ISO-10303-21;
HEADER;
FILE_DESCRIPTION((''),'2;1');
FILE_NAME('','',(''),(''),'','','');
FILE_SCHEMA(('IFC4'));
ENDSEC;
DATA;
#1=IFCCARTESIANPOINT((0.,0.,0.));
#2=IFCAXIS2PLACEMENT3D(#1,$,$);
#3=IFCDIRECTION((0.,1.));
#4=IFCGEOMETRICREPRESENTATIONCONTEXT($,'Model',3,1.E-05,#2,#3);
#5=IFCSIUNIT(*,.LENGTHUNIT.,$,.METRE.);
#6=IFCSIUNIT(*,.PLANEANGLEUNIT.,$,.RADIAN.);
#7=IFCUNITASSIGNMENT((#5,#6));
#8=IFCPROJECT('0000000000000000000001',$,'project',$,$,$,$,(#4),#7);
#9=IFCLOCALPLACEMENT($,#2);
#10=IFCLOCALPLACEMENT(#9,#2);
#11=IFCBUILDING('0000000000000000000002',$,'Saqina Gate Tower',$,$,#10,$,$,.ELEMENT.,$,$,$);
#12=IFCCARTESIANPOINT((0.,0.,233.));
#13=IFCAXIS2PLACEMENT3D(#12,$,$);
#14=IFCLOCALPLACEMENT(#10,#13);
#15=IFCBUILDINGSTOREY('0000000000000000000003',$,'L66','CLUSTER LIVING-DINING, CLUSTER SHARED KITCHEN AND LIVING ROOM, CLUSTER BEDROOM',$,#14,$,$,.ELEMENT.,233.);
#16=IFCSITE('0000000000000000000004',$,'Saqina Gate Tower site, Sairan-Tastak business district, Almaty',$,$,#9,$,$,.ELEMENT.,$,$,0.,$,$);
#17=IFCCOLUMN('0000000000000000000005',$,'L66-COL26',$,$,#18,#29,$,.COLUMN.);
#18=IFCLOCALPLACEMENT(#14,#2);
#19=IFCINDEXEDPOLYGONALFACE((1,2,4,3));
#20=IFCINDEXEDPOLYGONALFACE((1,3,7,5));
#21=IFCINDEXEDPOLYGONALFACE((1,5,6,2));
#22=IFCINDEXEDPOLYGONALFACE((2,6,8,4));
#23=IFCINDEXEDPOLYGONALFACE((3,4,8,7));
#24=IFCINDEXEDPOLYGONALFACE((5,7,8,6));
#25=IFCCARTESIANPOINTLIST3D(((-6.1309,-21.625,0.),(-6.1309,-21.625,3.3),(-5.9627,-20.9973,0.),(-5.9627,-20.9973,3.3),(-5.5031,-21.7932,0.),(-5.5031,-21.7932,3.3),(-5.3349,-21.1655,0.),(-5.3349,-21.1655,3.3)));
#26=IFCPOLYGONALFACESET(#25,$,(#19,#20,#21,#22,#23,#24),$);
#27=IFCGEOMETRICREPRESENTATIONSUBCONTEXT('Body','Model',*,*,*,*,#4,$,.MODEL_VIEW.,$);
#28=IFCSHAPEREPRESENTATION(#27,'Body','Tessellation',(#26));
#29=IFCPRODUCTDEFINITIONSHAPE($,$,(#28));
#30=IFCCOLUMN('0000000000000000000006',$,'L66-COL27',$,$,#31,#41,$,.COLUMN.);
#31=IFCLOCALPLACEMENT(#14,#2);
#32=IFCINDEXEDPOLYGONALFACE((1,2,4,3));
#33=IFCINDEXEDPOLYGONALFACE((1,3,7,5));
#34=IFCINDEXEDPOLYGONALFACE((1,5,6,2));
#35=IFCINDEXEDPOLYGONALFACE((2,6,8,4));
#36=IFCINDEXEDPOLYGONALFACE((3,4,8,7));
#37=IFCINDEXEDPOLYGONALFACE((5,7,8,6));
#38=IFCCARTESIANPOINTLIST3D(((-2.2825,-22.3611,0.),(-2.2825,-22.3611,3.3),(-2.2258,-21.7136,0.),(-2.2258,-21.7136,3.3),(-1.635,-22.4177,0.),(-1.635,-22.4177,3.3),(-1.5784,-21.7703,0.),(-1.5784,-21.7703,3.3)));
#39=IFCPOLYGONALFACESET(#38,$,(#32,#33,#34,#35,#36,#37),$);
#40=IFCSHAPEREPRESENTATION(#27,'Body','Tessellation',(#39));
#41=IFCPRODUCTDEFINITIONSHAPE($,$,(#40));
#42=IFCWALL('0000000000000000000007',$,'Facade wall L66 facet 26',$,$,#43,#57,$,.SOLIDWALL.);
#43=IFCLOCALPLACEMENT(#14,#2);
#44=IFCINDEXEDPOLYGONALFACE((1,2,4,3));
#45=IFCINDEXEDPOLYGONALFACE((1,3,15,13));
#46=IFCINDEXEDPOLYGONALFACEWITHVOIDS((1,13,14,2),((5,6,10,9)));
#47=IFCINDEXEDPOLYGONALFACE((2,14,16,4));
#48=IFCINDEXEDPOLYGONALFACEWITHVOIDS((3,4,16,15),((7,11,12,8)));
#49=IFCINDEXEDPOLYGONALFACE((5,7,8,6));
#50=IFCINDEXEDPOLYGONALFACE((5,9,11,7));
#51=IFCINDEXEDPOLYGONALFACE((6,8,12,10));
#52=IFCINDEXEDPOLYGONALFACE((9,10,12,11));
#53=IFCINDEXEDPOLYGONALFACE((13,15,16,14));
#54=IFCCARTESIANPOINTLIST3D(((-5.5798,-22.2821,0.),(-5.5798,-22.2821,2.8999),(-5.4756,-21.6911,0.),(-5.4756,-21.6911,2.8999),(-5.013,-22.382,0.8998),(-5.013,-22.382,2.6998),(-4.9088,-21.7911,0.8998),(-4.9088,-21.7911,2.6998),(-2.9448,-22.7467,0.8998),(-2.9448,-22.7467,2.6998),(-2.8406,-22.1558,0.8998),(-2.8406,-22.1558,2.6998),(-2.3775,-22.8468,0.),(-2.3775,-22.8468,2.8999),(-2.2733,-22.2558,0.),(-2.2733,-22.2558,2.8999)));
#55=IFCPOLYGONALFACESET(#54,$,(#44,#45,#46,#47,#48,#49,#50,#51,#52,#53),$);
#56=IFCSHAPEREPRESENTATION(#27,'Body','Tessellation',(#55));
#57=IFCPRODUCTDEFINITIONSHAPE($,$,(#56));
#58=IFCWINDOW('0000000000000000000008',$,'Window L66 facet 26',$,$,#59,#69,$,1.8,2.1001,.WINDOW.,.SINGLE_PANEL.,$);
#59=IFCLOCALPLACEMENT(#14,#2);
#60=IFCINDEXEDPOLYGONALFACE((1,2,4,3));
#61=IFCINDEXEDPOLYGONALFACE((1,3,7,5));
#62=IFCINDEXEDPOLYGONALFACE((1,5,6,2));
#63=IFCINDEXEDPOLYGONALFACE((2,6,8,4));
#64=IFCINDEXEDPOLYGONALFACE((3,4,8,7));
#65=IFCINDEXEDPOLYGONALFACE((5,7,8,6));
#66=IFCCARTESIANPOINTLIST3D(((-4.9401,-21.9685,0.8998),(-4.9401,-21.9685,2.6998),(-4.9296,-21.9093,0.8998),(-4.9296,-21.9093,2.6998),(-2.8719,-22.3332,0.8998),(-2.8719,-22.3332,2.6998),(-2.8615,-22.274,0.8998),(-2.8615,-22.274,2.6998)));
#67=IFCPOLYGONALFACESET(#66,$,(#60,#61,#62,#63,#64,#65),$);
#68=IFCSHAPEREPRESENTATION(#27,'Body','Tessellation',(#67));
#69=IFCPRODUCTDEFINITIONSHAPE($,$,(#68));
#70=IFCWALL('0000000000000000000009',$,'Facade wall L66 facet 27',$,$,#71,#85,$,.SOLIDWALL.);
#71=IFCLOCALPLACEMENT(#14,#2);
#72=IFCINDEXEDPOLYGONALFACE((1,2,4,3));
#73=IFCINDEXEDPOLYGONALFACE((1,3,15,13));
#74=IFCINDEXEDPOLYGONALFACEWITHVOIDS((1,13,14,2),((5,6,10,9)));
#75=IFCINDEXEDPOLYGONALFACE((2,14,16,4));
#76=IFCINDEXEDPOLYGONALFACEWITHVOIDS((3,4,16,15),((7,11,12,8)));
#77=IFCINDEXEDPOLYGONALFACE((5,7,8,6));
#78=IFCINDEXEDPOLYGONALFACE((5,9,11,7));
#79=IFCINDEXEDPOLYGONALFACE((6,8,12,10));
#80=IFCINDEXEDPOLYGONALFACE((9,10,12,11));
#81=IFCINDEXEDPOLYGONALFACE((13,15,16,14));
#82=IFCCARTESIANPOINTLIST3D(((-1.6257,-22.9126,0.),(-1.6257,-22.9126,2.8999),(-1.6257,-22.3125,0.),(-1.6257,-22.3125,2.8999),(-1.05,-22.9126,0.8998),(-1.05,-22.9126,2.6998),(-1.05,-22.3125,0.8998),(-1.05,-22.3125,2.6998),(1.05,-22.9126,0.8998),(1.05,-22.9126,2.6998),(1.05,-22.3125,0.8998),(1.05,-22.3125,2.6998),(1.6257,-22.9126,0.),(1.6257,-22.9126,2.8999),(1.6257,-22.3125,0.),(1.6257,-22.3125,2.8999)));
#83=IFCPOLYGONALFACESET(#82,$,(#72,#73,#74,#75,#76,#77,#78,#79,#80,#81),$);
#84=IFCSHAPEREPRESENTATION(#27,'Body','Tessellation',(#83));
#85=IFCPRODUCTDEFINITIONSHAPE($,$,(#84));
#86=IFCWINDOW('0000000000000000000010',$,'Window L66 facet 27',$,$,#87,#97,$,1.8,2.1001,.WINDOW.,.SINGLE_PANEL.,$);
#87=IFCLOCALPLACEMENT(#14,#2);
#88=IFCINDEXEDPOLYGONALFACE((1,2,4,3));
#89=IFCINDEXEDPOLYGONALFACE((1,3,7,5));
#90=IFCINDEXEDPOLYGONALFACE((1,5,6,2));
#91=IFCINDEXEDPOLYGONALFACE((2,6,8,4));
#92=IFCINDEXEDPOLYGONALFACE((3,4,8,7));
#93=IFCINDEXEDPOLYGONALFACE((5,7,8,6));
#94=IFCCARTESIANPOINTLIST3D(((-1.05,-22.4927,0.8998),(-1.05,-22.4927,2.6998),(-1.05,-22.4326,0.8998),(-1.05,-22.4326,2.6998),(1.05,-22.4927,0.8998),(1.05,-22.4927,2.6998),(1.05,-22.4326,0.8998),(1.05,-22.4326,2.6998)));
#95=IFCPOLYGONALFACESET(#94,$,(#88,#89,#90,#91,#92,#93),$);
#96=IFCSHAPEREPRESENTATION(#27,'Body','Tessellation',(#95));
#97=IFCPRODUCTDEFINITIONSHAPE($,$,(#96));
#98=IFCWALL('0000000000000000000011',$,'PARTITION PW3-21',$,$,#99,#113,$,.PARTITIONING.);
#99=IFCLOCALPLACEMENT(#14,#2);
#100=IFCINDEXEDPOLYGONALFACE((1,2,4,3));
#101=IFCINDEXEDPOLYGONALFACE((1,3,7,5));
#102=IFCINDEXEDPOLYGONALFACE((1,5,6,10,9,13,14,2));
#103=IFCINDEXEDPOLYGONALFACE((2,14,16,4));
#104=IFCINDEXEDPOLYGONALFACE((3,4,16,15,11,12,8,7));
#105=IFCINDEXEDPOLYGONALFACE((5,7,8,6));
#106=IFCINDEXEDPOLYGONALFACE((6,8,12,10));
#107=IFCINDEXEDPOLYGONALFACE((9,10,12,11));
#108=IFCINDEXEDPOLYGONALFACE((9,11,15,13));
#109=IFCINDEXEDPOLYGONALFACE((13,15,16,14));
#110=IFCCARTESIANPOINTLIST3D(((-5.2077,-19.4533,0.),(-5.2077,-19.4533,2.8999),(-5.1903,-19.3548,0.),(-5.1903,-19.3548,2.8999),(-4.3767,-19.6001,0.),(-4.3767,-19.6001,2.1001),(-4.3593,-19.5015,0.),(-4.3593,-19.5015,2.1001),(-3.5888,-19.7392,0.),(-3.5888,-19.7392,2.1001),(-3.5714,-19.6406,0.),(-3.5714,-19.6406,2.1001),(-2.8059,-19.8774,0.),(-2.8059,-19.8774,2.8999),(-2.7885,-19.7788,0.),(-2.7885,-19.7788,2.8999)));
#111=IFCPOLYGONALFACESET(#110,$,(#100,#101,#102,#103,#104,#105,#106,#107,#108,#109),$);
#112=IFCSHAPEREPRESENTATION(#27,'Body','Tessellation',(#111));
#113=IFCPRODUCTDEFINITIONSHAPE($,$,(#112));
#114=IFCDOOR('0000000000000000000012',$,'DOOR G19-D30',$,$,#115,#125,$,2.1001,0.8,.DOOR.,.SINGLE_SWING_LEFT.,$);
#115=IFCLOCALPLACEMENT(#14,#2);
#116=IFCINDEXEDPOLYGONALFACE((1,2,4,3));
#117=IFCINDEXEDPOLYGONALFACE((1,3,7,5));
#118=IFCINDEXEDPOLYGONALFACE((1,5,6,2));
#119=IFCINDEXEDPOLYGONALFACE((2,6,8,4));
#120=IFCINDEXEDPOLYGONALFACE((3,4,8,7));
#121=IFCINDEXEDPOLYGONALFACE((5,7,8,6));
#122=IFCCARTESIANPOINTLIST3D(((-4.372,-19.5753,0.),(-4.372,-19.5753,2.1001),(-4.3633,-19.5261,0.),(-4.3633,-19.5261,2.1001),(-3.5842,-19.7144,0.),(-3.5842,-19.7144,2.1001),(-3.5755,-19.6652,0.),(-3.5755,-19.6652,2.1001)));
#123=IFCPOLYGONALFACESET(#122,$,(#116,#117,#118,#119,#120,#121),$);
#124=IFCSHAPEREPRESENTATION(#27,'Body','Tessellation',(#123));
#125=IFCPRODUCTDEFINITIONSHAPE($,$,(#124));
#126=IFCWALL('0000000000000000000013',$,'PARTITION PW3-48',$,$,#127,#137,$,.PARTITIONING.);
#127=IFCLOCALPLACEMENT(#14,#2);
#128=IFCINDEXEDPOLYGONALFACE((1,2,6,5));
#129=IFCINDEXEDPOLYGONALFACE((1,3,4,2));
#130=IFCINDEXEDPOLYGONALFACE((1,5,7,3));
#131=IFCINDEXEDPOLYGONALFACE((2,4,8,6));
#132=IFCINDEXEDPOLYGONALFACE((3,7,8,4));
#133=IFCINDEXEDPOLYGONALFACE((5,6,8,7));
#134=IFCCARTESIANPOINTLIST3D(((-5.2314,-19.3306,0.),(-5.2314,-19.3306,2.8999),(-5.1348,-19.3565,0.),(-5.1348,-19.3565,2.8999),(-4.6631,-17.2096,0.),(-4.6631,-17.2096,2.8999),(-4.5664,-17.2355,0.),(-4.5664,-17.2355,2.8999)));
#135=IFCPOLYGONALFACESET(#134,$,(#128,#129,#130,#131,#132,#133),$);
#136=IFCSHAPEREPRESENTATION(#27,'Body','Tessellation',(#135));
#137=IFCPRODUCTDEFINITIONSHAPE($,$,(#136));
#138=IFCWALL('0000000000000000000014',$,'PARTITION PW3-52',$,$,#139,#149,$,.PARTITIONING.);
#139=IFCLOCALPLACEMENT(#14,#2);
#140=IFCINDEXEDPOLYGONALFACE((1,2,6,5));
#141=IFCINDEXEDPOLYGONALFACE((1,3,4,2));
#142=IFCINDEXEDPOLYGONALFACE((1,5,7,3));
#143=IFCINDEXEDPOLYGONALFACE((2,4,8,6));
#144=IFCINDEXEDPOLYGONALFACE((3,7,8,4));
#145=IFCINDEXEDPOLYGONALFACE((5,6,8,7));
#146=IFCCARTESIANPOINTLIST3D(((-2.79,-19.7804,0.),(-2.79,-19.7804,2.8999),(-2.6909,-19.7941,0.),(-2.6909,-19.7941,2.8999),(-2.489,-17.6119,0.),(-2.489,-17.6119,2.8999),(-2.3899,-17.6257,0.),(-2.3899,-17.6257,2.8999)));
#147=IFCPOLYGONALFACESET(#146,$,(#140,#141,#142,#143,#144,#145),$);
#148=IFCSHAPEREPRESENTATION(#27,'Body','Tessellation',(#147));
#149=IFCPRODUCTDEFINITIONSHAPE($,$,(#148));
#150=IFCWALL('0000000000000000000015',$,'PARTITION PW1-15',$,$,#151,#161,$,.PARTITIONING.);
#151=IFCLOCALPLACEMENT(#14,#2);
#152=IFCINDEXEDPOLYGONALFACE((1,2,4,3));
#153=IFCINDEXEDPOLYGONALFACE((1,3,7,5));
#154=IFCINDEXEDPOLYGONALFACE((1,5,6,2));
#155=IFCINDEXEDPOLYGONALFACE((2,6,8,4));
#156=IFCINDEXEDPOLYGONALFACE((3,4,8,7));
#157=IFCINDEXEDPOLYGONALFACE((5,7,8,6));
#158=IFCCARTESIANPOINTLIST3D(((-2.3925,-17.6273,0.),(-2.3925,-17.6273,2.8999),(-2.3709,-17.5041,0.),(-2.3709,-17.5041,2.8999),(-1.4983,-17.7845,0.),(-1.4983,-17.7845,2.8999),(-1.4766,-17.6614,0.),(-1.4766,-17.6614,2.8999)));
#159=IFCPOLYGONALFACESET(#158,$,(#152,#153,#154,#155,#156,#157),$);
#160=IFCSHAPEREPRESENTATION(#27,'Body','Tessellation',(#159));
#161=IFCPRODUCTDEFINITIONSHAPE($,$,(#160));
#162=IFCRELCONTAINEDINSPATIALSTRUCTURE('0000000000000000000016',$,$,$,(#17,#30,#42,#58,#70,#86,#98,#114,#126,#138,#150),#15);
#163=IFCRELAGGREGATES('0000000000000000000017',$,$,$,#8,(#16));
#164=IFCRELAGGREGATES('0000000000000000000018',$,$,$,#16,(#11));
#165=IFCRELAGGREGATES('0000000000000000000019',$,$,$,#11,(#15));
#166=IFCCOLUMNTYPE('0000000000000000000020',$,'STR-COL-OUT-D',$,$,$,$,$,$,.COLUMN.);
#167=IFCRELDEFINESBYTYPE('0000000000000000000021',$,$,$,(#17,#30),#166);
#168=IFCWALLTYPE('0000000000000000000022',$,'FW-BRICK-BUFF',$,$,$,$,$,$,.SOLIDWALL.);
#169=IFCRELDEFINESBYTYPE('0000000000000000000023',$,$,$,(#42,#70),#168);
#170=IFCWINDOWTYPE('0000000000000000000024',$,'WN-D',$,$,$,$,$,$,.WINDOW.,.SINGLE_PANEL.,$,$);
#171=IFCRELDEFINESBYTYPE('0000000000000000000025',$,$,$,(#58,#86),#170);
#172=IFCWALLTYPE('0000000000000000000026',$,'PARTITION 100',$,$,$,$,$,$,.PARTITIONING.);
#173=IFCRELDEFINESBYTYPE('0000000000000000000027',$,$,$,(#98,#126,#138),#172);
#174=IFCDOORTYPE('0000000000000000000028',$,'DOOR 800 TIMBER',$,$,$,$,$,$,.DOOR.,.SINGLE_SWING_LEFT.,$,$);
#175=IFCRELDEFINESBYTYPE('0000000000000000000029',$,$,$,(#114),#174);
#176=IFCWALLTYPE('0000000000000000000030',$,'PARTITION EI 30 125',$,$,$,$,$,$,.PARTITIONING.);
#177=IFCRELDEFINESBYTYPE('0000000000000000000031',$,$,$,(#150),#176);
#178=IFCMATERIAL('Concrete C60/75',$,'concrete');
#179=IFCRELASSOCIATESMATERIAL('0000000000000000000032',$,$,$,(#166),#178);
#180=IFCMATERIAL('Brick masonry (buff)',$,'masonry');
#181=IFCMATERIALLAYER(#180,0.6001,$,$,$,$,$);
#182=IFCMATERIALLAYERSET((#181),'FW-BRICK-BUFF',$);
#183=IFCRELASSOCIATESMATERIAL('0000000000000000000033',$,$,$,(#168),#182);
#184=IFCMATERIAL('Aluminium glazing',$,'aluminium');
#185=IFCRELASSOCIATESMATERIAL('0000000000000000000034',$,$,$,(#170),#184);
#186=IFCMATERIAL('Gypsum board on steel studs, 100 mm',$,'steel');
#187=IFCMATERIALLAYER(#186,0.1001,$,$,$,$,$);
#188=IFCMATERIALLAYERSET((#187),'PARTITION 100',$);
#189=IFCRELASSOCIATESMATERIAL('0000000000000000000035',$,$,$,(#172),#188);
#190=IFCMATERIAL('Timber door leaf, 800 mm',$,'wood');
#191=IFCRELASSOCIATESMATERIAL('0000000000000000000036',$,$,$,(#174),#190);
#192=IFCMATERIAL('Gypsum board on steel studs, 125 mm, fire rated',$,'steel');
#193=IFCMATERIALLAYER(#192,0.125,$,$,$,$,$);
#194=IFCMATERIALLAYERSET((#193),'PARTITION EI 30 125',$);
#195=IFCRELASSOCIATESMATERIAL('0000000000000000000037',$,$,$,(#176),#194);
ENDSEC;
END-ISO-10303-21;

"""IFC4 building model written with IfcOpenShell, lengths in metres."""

from ifc_helpers import new_model, si_unit, direction, frame, frame_2d, origin, origin_2d, place, context, subcontext, project, spatial, rectangle, extrude, material, layer, layer_set, material_profile, profile_set, type_object, element, fill, save


model = new_model("IFC4")

# Units and contexts
model_context = context("Model", 3, precision=1e-05, world=origin(), true_north=direction((0.0, 1.0)))
body_context = subcontext(model_context, "Body", "Model", "MODEL_VIEW")
ifc_project = project(units=[si_unit("LENGTHUNIT", "METRE"), si_unit("PLANEANGLEUNIT", "RADIAN")], contexts=[model_context])

# Site, building, storey
site_placement = place(None, origin())
site = spatial("IfcSite", under=ifc_project, at=site_placement, Name="Saqina Gate Tower site, Sairan-Tastak business district, Almaty", CompositionType="ELEMENT", RefElevation=0.0)
building_placement = place(site_placement, origin())
building = spatial("IfcBuilding", under=site, at=building_placement, Name="Saqina Gate Tower", CompositionType="ELEMENT")
storey_placement = place(building_placement, frame((0.0, 0.0, 233.0)))
storey = spatial("IfcBuildingStorey", under=building, at=storey_placement, Name="L66", Description="CLUSTER LIVING-DINING, CLUSTER SHARED KITCHEN AND LIVING ROOM, CLUSTER BEDROOM", CompositionType="ELEMENT", Elevation=233.0)

# Columns
ifc_material_1 = material(Name="Concrete C60/75", Category="concrete")
ifc_material_profile = material_profile(ifc_material_1, rectangle(XDim=0.6499, YDim=0.6499, at=origin_2d()), Name="RC 650x650")
ifc_profile_set = profile_set([ifc_material_profile], Name="Concrete C60/75")
column_type = type_object("IfcColumnType", Name="STR-COL-OUT-D", PredefinedType="COLUMN", material=ifc_profile_set)
for number, where, z_axis, x_axis, name in (
    (1, (-5.7329, -21.3953, 0.0), (0.0, 0.0, 1.0), (-0.258819, -0.965926, 0.0), "L66-COL26"),
    (2, (-1.9304, -22.0657, 0.0), (0.0, 0.0, 1.0), (-0.087156, -0.996195, 0.0), "L66-COL27"),
):
    element("IfcColumn", number, at=place(storey_placement, frame(where, z_axis=z_axis, x_axis=x_axis)), inside=storey, type_object=column_type, Name=name, PredefinedType="COLUMN", context=body_context, shape_type="SweptSolid", body=[
        extrude(rectangle(XDim=0.6499, YDim=0.6499, at=origin_2d()), origin(), (0.0, 0.0, 1.0), 3.3),
    ])

# Walls, openings, windows
ifc_material_2 = material(Name="Brick masonry (buff)", Category="masonry")
ifc_layer_1 = layer(ifc_material_2, 0.6001)
ifc_layer_set_1 = layer_set([ifc_layer_1], Name="FW-BRICK-BUFF")
wall_type_1 = type_object("IfcWallType", Name="FW-BRICK-BUFF", PredefinedType="SOLIDWALL", material=ifc_layer_set_1)
wall_1_placement = place(storey_placement, frame((-5.5278, -21.9866, 0.0), z_axis=(0.0, 0.0, 1.0), x_axis=(0.984806, -0.173657, 0.0)))
wall_1 = element("IfcWall", 3, at=wall_1_placement, inside=storey, type_object=wall_type_1, Name="Facade wall L66 facet 26", PredefinedType="SOLIDWALL", context=body_context, shape_type="SweptSolid", body=[
    extrude(rectangle(XDim=3.2517, YDim=0.6001, at=frame_2d((1.626, 0.0))), origin(), (0.0, 0.0, 1.0), 2.8999),
])
opening_1_placement = place(wall_1_placement, frame((0.5757, 0.0, 0.8999)))
opening_1 = element("IfcOpeningElement", 4, at=opening_1_placement, cuts=wall_1, PredefinedType="OPENING", context=body_context, shape_type="SweptSolid", body=[
    extrude(rectangle(XDim=2.1001, YDim=1.8, at=frame_2d((1.05, 0.8999))), frame((0.0, 0.312, 0.0), z_axis=(0.0, -1.0, 0.0), x_axis=(1.0, 0.0, 0.0)), (0.0, 0.0, 1.0), 0.624),
])
ifc_material_3 = material(Name="Aluminium glazing", Category="aluminium")
window_type = type_object("IfcWindowType", Name="WN-D", PartitioningType="SINGLE_PANEL", PredefinedType="WINDOW", material=ifc_material_3)
window_1_placement = place(opening_1_placement, origin())
window_1 = element("IfcWindow", 5, at=window_1_placement, inside=storey, type_object=window_type, Name="Window L66 facet 26", OverallHeight=1.8, OverallWidth=2.1001, PartitioningType="SINGLE_PANEL", PredefinedType="WINDOW", context=body_context, shape_type="SweptSolid", body=[
    extrude(rectangle(XDim=2.1001, YDim=1.8, at=frame_2d((1.05, 0.8999))), frame((0.0, 0.1799, 0.0), z_axis=(0.0, -1.0, 0.0), x_axis=(1.0, 0.0, 0.0)), (0.0, 0.0, 1.0), 0.0601),
])
fill(opening_1, window_1)
wall_2_placement = place(storey_placement, frame((-1.6257, -22.6125, 0.0), z_axis=(0.0, 0.0, 1.0), x_axis=(1.0, 0.0, 0.0)))
wall_2 = element("IfcWall", 6, at=wall_2_placement, inside=storey, type_object=wall_type_1, Name="Facade wall L66 facet 27", PredefinedType="SOLIDWALL", context=body_context, shape_type="SweptSolid", body=[
    extrude(rectangle(XDim=3.2515, YDim=0.6001, at=frame_2d((1.6257, 0.0))), origin(), (0.0, 0.0, 1.0), 2.8999),
])
opening_2_placement = place(wall_2_placement, frame((0.5757, 0.0, 0.8999)))
opening_2 = element("IfcOpeningElement", 7, at=opening_2_placement, cuts=wall_2, PredefinedType="OPENING", context=body_context, shape_type="SweptSolid", body=[
    extrude(rectangle(XDim=2.1001, YDim=1.8, at=frame_2d((1.05, 0.8999))), frame((0.0, 0.312, 0.0), z_axis=(0.0, -1.0, 0.0), x_axis=(1.0, 0.0, 0.0)), (0.0, 0.0, 1.0), 0.624),
])
window_2_placement = place(opening_2_placement, origin())
window_2 = element("IfcWindow", 8, at=window_2_placement, inside=storey, type_object=window_type, Name="Window L66 facet 27", OverallHeight=1.8, OverallWidth=2.1001, PartitioningType="SINGLE_PANEL", PredefinedType="WINDOW", context=body_context, shape_type="SweptSolid", body=[
    extrude(rectangle(XDim=2.1001, YDim=1.8, at=frame_2d((1.05, 0.8999))), frame((0.0, 0.1799, 0.0), z_axis=(0.0, -1.0, 0.0), x_axis=(1.0, 0.0, 0.0)), (0.0, 0.0, 1.0), 0.0601),
])
fill(opening_2, window_2)

# Wall, opening, door
ifc_material_4 = material(Name="Gypsum board on steel studs, 100 mm", Category="steel")
ifc_layer_2 = layer(ifc_material_4, 0.1001)
ifc_layer_set_2 = layer_set([ifc_layer_2], Name="PARTITION 100")
wall_type_2 = type_object("IfcWallType", Name="PARTITION 100", PredefinedType="PARTITIONING", material=ifc_layer_set_2)
wall_3_placement = place(storey_placement, frame((-5.199, -19.4041, 0.0), z_axis=(0.0, 0.0, 1.0), x_axis=(0.984768, -0.173871, 0.0)))
wall_3 = element("IfcWall", 9, at=wall_3_placement, inside=storey, type_object=wall_type_2, Name="PARTITION PW3-21", PredefinedType="PARTITIONING", context=body_context, shape_type="SweptSolid", body=[
    extrude(rectangle(XDim=2.439, YDim=0.1001, at=frame_2d((1.2195, 0.0))), origin(), (0.0, 0.0, 1.0), 2.8999),
])
opening_3_placement = place(wall_3_placement, frame((0.844, 0.0, 0.0)))
opening_3 = element("IfcOpeningElement", 10, at=opening_3_placement, cuts=wall_3, PredefinedType="OPENING", context=body_context, shape_type="SweptSolid", body=[
    extrude(rectangle(XDim=0.8, YDim=2.1001, at=frame_2d((0.3999, 1.05))), frame((0.0, 0.062, 0.0), z_axis=(0.0, -1.0, 0.0), x_axis=(1.0, 0.0, 0.0)), (0.0, 0.0, 1.0), 0.124),
])
ifc_material_5 = material(Name="Timber door leaf, 800 mm", Category="wood")
door_type_1 = type_object("IfcDoorType", Name="DOOR 800 TIMBER", OperationType="SINGLE_SWING_LEFT", PredefinedType="DOOR", material=ifc_material_5)
door_1_placement = place(opening_3_placement, frame((0.8, 0.0, 0.0), z_axis=(0.0, 0.0, 1.0), x_axis=(-1.0, 0.0, 0.0)))
door_1 = element("IfcDoor", 11, at=door_1_placement, inside=storey, type_object=door_type_1, Name="DOOR G19-D30", OperationType="SINGLE_SWING_LEFT", OverallHeight=2.1001, OverallWidth=0.8, PredefinedType="DOOR", context=body_context, shape_type="SweptSolid", body=[
    extrude(rectangle(XDim=0.8, YDim=2.1001, at=frame_2d((0.3999, 1.05))), frame((0.0, 0.0249, 0.0), z_axis=(0.0, -1.0, 0.0), x_axis=(1.0, 0.0, 0.0)), (0.0, 0.0, 1.0), 0.05),
])
fill(opening_3, door_1)

# Walls
wall_4_placement = place(storey_placement, frame((-5.1831, -19.3435, 0.0), z_axis=(0.0, 0.0, 1.0), x_axis=(0.258825, 0.965924, 0.0)))
element("IfcWall", 12, at=wall_4_placement, inside=storey, type_object=wall_type_2, Name="PARTITION PW3-48", PredefinedType="PARTITIONING", context=body_context, shape_type="SweptSolid", body=[
    extrude(rectangle(XDim=2.1958, YDim=0.1001, at=frame_2d((1.0979, 0.0))), origin(), (0.0, 0.0, 1.0), 2.8999),
])
wall_5_placement = place(storey_placement, frame((-2.7405, -19.7874, 0.0), z_axis=(0.0, 0.0, 1.0), x_axis=(0.137502, 0.990502, 0.0)))
element("IfcWall", 13, at=wall_5_placement, inside=storey, type_object=wall_type_2, Name="PARTITION PW3-52", PredefinedType="PARTITIONING", context=body_context, shape_type="SweptSolid", body=[
    extrude(rectangle(XDim=2.1892, YDim=0.1001, at=frame_2d((1.0947, 0.0))), origin(), (0.0, 0.0, 1.0), 2.8999),
])
ifc_material_6 = material(Name="Gypsum board on steel studs, 125 mm, fire rated", Category="steel")
ifc_layer_3 = layer(ifc_material_6, 0.125)
ifc_layer_set_3 = layer_set([ifc_layer_3], Name="PARTITION EI 30 125")
wall_type_3 = type_object("IfcWallType", Name="PARTITION EI 30 125", PredefinedType="PARTITIONING", material=ifc_layer_set_3)
wall_6_placement = place(storey_placement, frame((-2.3818, -17.5657, 0.0), z_axis=(0.0, 0.0, 1.0), x_axis=(0.984894, -0.173156, 0.0)))
element("IfcWall", 14, at=wall_6_placement, inside=storey, type_object=wall_type_3, Name="PARTITION PW1-15", PredefinedType="PARTITIONING", context=body_context, shape_type="SweptSolid", body=[
    extrude(rectangle(XDim=0.908, YDim=0.125, at=frame_2d((0.4541, 0.0))), origin(), (0.0, 0.0, 1.0), 2.8999),
])

save(model, "model.ifc")
